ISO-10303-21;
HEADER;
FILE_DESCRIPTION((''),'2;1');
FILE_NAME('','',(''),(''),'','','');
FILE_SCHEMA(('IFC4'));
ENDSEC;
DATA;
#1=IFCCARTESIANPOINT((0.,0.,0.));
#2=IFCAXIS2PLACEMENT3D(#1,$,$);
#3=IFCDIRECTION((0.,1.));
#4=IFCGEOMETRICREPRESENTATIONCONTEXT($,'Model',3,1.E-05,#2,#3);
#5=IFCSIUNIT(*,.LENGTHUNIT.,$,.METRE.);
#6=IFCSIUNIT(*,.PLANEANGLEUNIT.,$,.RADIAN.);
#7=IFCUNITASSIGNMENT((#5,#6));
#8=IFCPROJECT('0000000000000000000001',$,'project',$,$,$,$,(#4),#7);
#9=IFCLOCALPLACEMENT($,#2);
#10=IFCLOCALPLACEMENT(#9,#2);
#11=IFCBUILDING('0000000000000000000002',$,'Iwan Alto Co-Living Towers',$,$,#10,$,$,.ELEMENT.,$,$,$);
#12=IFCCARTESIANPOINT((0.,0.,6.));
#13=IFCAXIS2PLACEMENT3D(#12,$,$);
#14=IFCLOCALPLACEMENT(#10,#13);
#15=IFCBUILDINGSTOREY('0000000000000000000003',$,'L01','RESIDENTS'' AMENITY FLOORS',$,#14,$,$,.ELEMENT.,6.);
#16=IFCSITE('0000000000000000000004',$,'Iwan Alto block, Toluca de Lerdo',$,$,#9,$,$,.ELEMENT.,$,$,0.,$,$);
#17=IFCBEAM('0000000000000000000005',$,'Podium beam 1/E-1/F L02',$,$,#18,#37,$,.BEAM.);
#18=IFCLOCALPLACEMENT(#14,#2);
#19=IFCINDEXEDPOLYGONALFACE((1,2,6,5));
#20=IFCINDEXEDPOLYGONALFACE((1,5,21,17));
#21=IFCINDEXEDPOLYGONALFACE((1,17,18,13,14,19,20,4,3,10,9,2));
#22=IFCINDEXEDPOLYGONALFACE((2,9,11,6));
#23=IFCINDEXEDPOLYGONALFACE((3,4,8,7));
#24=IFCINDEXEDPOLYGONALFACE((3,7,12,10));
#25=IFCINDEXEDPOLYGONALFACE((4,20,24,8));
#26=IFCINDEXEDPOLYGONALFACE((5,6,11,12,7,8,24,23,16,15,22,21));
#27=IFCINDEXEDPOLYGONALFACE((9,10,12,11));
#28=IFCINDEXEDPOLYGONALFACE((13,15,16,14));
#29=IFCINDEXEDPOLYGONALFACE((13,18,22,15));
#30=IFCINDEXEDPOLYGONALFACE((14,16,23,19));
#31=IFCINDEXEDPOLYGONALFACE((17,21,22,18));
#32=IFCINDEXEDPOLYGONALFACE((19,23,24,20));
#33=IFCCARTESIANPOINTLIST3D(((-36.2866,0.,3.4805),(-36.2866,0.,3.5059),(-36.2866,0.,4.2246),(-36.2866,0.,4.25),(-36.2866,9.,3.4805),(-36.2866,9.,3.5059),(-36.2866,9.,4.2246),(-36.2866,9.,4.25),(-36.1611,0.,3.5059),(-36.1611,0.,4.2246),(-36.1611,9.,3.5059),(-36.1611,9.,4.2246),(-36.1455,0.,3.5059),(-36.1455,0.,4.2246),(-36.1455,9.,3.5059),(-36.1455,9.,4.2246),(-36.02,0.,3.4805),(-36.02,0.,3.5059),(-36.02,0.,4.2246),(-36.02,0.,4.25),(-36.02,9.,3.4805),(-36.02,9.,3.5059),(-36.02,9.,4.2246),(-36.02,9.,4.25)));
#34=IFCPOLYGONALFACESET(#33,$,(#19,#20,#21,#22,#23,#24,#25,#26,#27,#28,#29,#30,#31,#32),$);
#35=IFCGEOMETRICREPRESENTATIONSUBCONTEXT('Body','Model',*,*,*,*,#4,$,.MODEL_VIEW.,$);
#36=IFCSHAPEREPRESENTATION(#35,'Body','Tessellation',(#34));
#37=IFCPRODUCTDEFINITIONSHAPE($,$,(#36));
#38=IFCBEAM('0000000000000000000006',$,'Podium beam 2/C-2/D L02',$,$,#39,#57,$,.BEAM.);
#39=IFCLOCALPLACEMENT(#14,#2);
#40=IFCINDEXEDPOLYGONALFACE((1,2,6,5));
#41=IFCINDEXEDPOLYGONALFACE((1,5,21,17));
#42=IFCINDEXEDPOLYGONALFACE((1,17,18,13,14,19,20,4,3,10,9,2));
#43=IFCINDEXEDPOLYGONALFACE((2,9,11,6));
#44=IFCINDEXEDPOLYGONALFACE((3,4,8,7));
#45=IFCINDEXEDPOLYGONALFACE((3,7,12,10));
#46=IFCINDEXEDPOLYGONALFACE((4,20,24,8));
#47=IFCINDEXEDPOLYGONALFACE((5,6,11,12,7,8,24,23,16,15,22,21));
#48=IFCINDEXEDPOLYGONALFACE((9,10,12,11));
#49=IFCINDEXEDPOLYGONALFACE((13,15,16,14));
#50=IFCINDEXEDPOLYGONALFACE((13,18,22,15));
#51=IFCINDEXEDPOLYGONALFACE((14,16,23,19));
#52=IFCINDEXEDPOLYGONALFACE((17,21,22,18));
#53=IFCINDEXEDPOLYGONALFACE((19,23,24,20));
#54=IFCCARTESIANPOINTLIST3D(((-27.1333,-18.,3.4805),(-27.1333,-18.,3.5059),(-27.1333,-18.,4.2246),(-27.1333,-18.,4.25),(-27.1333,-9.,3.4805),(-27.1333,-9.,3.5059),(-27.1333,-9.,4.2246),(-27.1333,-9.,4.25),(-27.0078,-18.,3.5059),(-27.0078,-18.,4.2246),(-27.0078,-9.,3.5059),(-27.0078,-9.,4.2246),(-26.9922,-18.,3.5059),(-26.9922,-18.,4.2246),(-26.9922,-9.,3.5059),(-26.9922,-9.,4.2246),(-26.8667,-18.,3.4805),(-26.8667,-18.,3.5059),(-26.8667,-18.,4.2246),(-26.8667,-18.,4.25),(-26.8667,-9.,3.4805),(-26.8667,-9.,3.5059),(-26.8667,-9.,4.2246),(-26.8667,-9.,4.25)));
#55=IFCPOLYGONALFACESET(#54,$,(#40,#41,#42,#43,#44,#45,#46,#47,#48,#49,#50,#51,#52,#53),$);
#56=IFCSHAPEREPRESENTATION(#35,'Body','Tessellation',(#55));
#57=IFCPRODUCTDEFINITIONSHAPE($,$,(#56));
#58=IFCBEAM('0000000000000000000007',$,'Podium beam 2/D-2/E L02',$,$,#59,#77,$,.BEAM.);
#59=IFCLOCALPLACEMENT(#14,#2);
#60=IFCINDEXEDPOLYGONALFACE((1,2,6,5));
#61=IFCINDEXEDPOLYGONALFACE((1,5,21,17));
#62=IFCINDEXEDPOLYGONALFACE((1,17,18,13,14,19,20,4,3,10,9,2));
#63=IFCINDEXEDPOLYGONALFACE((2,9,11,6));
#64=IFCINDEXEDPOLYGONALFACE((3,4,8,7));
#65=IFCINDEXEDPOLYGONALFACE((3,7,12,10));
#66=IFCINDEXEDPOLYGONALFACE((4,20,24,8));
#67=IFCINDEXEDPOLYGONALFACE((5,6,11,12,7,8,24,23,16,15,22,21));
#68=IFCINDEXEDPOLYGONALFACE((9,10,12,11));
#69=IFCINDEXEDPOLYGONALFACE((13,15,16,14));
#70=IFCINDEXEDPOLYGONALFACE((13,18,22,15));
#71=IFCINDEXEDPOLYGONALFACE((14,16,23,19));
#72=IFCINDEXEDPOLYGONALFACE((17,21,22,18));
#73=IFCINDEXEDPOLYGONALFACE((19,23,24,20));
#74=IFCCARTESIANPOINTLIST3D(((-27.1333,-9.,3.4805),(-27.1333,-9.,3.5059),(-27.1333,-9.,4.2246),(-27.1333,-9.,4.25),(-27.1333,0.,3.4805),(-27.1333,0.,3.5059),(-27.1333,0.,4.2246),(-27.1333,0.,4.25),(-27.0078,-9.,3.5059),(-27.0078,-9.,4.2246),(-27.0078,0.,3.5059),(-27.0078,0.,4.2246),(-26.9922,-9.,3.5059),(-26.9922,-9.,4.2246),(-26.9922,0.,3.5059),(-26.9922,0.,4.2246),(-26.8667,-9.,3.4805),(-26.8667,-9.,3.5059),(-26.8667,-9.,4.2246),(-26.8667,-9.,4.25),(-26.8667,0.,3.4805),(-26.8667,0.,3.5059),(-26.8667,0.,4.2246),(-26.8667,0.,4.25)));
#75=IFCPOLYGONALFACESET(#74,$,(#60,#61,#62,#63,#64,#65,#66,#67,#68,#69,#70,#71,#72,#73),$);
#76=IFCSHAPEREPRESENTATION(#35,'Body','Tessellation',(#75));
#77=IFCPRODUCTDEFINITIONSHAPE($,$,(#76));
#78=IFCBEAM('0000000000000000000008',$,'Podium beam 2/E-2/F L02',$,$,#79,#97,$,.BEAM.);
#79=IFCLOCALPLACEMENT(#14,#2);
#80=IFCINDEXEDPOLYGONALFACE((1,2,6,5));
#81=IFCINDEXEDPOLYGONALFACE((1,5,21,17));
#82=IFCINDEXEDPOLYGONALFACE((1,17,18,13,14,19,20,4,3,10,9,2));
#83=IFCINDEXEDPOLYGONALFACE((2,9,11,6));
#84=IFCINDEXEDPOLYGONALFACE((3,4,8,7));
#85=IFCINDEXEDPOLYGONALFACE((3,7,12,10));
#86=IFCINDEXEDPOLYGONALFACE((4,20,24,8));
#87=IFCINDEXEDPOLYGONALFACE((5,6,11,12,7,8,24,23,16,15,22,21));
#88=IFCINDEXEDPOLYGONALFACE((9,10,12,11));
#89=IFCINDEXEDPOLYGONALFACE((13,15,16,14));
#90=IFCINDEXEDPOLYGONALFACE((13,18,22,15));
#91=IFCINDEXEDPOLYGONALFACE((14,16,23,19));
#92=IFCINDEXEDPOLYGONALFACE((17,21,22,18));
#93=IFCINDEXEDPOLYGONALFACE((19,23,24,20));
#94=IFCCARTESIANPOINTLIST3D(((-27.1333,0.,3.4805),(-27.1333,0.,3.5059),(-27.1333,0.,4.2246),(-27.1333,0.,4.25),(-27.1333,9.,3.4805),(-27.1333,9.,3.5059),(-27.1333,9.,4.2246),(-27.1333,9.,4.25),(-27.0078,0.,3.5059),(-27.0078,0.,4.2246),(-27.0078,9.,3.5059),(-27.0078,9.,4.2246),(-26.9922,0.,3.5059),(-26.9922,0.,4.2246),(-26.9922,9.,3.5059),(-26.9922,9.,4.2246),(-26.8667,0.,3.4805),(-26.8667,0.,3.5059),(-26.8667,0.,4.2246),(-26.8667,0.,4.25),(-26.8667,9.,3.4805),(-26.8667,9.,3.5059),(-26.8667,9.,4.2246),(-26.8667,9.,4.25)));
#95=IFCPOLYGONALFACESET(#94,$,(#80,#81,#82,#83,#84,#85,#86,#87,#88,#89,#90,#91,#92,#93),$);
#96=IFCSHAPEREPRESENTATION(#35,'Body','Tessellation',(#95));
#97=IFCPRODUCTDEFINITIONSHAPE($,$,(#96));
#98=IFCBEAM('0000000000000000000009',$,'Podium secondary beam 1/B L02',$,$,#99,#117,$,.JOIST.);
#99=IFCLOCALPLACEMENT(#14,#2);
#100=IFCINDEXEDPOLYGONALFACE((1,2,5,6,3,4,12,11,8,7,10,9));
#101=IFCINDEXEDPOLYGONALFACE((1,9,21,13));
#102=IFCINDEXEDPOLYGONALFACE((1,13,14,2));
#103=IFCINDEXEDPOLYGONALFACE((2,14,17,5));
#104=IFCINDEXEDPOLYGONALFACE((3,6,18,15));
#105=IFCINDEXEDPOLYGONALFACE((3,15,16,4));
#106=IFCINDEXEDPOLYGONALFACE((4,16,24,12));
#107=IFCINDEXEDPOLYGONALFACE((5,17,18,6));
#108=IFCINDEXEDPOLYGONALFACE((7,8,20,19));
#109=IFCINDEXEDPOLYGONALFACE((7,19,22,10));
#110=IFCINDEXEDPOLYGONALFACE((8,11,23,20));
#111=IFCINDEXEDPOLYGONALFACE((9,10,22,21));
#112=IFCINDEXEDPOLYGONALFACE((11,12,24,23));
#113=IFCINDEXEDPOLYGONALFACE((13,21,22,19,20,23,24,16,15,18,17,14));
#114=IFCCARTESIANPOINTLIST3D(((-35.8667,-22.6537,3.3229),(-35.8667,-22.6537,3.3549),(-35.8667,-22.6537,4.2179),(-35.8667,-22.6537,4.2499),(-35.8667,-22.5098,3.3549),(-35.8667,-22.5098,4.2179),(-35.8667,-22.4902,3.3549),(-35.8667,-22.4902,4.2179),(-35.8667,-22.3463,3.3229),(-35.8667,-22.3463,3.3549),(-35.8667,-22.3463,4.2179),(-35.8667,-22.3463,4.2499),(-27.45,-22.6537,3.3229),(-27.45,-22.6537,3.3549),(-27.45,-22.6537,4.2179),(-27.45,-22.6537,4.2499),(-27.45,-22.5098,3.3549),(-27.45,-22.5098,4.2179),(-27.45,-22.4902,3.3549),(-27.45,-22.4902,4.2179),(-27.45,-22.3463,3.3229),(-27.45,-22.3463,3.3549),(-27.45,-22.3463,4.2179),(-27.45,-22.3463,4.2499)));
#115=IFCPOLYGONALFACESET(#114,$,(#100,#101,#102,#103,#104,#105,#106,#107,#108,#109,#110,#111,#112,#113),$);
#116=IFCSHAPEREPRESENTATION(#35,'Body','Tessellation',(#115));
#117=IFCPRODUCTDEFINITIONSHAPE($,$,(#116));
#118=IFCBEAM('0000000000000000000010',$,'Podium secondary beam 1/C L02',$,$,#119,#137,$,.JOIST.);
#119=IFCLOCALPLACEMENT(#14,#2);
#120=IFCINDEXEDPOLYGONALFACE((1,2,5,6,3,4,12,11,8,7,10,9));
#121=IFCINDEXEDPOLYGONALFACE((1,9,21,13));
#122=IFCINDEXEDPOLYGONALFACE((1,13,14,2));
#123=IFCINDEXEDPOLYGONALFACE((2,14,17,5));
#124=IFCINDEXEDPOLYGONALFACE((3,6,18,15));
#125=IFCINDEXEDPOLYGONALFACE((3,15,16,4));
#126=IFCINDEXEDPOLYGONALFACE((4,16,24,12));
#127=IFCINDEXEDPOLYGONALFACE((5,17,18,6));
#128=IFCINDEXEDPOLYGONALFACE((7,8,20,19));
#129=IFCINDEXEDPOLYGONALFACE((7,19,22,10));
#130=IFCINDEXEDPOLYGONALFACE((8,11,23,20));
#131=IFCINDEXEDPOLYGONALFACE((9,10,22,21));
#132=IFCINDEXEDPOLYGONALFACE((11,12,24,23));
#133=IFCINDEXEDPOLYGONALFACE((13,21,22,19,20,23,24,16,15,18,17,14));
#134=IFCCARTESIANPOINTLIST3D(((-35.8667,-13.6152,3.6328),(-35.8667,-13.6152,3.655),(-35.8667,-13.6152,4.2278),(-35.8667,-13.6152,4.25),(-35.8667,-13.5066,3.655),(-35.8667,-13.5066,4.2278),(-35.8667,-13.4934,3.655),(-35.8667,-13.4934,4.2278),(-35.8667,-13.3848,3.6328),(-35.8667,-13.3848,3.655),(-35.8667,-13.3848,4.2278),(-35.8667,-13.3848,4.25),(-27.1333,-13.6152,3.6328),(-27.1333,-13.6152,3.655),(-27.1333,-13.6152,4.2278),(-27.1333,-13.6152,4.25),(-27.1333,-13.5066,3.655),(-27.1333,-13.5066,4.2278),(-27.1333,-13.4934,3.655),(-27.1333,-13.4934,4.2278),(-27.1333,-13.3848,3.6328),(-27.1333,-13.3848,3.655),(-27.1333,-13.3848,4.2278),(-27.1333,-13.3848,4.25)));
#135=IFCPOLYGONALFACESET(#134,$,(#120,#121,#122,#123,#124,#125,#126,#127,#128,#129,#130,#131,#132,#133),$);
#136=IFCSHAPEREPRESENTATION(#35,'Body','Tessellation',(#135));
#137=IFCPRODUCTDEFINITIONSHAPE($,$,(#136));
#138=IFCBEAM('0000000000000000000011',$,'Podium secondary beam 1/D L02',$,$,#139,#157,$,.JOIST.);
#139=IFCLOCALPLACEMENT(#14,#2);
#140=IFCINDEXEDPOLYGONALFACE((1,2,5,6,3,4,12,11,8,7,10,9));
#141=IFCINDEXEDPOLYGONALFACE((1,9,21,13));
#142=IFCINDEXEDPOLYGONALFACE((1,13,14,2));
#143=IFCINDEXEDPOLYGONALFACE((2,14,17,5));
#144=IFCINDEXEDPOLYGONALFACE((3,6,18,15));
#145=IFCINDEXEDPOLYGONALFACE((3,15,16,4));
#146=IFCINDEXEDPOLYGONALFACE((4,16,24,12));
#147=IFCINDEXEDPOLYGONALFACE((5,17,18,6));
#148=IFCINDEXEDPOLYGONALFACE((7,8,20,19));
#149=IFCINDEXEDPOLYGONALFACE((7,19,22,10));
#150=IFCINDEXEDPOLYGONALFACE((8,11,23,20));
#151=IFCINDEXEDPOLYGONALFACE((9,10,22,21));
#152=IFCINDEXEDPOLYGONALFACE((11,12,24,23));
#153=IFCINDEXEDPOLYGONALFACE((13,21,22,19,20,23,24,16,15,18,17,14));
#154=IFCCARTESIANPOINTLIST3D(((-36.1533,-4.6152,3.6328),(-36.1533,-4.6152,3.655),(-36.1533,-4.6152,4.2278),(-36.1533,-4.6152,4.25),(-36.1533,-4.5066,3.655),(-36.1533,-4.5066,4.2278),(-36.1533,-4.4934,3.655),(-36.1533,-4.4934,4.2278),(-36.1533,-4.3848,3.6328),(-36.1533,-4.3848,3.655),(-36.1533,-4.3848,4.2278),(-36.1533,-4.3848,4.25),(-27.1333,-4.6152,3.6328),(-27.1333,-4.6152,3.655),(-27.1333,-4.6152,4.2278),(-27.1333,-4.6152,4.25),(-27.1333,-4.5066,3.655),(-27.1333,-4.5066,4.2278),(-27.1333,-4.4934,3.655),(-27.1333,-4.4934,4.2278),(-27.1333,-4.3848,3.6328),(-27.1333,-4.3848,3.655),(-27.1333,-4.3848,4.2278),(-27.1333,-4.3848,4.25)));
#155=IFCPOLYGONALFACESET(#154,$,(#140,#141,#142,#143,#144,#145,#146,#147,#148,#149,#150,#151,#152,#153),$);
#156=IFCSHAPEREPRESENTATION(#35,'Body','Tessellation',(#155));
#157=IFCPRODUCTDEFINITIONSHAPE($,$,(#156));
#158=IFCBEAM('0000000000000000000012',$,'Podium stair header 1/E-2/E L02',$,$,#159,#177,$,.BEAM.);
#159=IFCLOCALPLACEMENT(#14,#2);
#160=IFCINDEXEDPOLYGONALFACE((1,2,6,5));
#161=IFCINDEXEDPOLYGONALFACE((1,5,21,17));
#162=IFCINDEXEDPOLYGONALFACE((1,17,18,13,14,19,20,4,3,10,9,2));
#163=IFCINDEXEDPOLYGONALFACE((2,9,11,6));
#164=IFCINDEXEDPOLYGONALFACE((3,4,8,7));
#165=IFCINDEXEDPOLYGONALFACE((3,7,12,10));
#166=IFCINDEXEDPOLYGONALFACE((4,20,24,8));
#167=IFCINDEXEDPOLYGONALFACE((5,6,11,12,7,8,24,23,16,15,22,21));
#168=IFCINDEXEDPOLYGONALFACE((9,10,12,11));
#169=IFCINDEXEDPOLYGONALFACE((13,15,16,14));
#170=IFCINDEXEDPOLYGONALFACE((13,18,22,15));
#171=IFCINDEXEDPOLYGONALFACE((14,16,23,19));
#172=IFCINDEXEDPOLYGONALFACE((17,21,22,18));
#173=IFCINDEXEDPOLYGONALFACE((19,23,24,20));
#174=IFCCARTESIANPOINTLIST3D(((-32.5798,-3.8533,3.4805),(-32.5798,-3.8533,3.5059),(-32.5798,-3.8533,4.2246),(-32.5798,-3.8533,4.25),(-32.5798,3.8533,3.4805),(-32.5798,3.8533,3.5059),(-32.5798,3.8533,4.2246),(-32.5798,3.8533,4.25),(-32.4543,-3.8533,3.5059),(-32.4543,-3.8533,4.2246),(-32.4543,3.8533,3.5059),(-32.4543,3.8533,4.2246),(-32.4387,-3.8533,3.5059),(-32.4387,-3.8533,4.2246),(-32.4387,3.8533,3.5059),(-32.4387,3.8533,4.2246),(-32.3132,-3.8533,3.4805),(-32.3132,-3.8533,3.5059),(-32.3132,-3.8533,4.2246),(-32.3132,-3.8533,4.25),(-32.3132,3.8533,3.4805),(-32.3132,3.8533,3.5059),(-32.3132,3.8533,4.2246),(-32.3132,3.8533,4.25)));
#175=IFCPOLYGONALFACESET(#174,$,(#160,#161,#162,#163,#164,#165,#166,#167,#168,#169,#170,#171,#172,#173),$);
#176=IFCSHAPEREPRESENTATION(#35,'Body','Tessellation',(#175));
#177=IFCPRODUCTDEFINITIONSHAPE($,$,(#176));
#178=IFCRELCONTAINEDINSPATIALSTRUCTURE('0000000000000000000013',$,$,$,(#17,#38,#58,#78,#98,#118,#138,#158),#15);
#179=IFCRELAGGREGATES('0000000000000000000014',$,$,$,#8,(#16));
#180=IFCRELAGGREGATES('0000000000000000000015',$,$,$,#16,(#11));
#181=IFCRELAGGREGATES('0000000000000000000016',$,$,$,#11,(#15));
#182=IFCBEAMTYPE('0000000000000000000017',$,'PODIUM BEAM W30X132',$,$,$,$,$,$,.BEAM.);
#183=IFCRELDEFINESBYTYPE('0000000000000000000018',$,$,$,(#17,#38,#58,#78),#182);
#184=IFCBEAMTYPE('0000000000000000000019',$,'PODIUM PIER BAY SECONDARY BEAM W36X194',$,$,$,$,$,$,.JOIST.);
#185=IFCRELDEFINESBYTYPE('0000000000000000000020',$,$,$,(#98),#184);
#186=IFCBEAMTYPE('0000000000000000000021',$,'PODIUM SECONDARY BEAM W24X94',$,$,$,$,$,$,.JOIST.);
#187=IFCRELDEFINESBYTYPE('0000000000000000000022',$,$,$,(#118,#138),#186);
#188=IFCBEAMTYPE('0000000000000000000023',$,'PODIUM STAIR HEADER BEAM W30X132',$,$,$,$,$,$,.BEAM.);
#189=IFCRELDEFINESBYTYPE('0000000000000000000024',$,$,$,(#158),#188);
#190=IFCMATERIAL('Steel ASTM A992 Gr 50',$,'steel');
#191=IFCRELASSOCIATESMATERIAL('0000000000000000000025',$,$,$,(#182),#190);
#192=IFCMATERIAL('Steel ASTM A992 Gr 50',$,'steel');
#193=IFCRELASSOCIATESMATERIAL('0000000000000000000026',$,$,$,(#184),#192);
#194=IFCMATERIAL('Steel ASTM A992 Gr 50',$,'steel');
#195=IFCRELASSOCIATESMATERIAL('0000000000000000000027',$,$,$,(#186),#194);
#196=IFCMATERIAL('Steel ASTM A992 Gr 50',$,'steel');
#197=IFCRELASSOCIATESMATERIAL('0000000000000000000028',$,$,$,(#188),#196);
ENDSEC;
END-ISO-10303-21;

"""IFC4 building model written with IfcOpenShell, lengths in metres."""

from ifc_helpers import new_model, si_unit, direction, frame, origin, origin_2d, place, context, subcontext, project, spatial, i_section, extrude, material, material_profile, profile_set, type_object, element, save


model = new_model("IFC4")

# Units and contexts
model_context = context("Model", 3, precision=1e-05, world=origin(), true_north=direction((0.0, 1.0)))
body_context = subcontext(model_context, "Body", "Model", "MODEL_VIEW")
ifc_project = project(units=[si_unit("LENGTHUNIT", "METRE"), si_unit("PLANEANGLEUNIT", "RADIAN")], contexts=[model_context])

# Site, building, storey
site_placement = place(None, origin())
site = spatial("IfcSite", under=ifc_project, at=site_placement, Name="Iwan Alto block, Toluca de Lerdo", CompositionType="ELEMENT", RefElevation=0.0)
building_placement = place(site_placement, origin())
building = spatial("IfcBuilding", under=site, at=building_placement, Name="Iwan Alto Co-Living Towers", CompositionType="ELEMENT")
storey_placement = place(building_placement, frame((0.0, 0.0, 6.0)))
storey = spatial("IfcBuildingStorey", under=building, at=storey_placement, Name="L01", Description="RESIDENTS' AMENITY FLOORS", CompositionType="ELEMENT", Elevation=6.0)

# Beams
ifc_material_1 = material(Name="Steel ASTM A992 Gr 50", Category="steel")
ifc_material_profile_1 = material_profile(ifc_material_1, i_section(OverallWidth=0.2666, OverallDepth=0.7695, WebThickness=0.0156, FlangeThickness=0.0254, at=origin_2d()), Name="W30X132")
ifc_profile_set_1 = profile_set([ifc_material_profile_1], Name="Steel ASTM A992 Gr 50")
beam_type_1 = type_object("IfcBeamType", Name="PODIUM BEAM W30X132", PredefinedType="BEAM", material=ifc_profile_set_1)
for number, where, z_axis, x_axis, name in (
    (1, (-36.1533, 0.0, 3.8652), (0.0, 1.0, 0.0), (-1.0, 0.0, 0.0), "Podium beam 1/E-1/F L02"),
    (2, (-27.0, -18.0, 3.8652), (0.0, 1.0, 0.0), (-1.0, 0.0, 0.0), "Podium beam 2/C-2/D L02"),
    (3, (-27.0, -9.0, 3.8652), (0.0, 1.0, 0.0), (-1.0, 0.0, 0.0), "Podium beam 2/D-2/E L02"),
    (4, (-27.0, 0.0, 3.8652), (0.0, 1.0, 0.0), (-1.0, 0.0, 0.0), "Podium beam 2/E-2/F L02"),
):
    element("IfcBeam", number, at=place(storey_placement, frame(where, z_axis=z_axis, x_axis=x_axis)), inside=storey, type_object=beam_type_1, Name=name, PredefinedType="BEAM", context=body_context, shape_type="SweptSolid", body=[
        extrude(i_section(OverallWidth=0.2666, OverallDepth=0.7695, WebThickness=0.0156, FlangeThickness=0.0254, at=origin_2d()), origin(), (0.0, 0.0, 1.0), 9.0),
    ])
ifc_material_2 = material(Name="Steel ASTM A992 Gr 50", Category="steel")
ifc_material_profile_2 = material_profile(ifc_material_2, i_section(OverallWidth=0.3074, OverallDepth=0.927, WebThickness=0.0195, FlangeThickness=0.032, at=origin_2d()), Name="W36X194")
ifc_profile_set_2 = profile_set([ifc_material_profile_2], Name="Steel ASTM A992 Gr 50")
beam_type_2 = type_object("IfcBeamType", Name="PODIUM PIER BAY SECONDARY BEAM W36X194", PredefinedType="JOIST", material=ifc_profile_set_2)
beam_1_placement = place(storey_placement, frame((-35.8667, -22.5, 3.7864), z_axis=(1.0, 0.0, 0.0), x_axis=(0.0, 1.0, 0.0)))
element("IfcBeam", 5, at=beam_1_placement, inside=storey, type_object=beam_type_2, Name="Podium secondary beam 1/B L02", PredefinedType="JOIST", context=body_context, shape_type="SweptSolid", body=[
    extrude(i_section(OverallWidth=0.3074, OverallDepth=0.927, WebThickness=0.0195, FlangeThickness=0.032, at=origin_2d()), origin(), (0.0, 0.0, 1.0), 8.4167),
])
ifc_material_3 = material(Name="Steel ASTM A992 Gr 50", Category="steel")
ifc_material_profile_3 = material_profile(ifc_material_3, i_section(OverallWidth=0.2305, OverallDepth=0.6172, WebThickness=0.0132, FlangeThickness=0.0222, at=origin_2d()), Name="W24X94")
ifc_profile_set_3 = profile_set([ifc_material_profile_3], Name="Steel ASTM A992 Gr 50")
beam_type_3 = type_object("IfcBeamType", Name="PODIUM SECONDARY BEAM W24X94", PredefinedType="JOIST", material=ifc_profile_set_3)
beam_2_placement = place(storey_placement, frame((-35.8667, -13.5, 3.9414), z_axis=(1.0, 0.0, 0.0), x_axis=(0.0, 1.0, 0.0)))
element("IfcBeam", 6, at=beam_2_placement, inside=storey, type_object=beam_type_3, Name="Podium secondary beam 1/C L02", PredefinedType="JOIST", context=body_context, shape_type="SweptSolid", body=[
    extrude(i_section(OverallWidth=0.2305, OverallDepth=0.6172, WebThickness=0.0132, FlangeThickness=0.0222, at=origin_2d()), origin(), (0.0, 0.0, 1.0), 8.7334),
])
beam_3_placement = place(storey_placement, frame((-36.1533, -4.5, 3.9414), z_axis=(1.0, 0.0, 0.0), x_axis=(0.0, 1.0, 0.0)))
element("IfcBeam", 7, at=beam_3_placement, inside=storey, type_object=beam_type_3, Name="Podium secondary beam 1/D L02", PredefinedType="JOIST", context=body_context, shape_type="SweptSolid", body=[
    extrude(i_section(OverallWidth=0.2305, OverallDepth=0.6172, WebThickness=0.0132, FlangeThickness=0.0222, at=origin_2d()), origin(), (0.0, 0.0, 1.0), 9.02),
])
ifc_material_4 = material(Name="Steel ASTM A992 Gr 50", Category="steel")
ifc_material_profile_4 = material_profile(ifc_material_4, i_section(OverallWidth=0.2666, OverallDepth=0.7695, WebThickness=0.0156, FlangeThickness=0.0254, at=origin_2d()), Name="W30X132")
ifc_profile_set_4 = profile_set([ifc_material_profile_4], Name="Steel ASTM A992 Gr 50")
beam_type_4 = type_object("IfcBeamType", Name="PODIUM STAIR HEADER BEAM W30X132", PredefinedType="BEAM", material=ifc_profile_set_4)
beam_4_placement = place(storey_placement, frame((-32.4465, -3.8533, 3.8652), z_axis=(0.0, 1.0, 0.0), x_axis=(-1.0, 0.0, 0.0)))
element("IfcBeam", 8, at=beam_4_placement, inside=storey, type_object=beam_type_4, Name="Podium stair header 1/E-2/E L02", PredefinedType="BEAM", context=body_context, shape_type="SweptSolid", body=[
    extrude(i_section(OverallWidth=0.2666, OverallDepth=0.7695, WebThickness=0.0156, FlangeThickness=0.0254, at=origin_2d()), origin(), (0.0, 0.0, 1.0), 7.7065),
])

save(model, "model.ifc")
